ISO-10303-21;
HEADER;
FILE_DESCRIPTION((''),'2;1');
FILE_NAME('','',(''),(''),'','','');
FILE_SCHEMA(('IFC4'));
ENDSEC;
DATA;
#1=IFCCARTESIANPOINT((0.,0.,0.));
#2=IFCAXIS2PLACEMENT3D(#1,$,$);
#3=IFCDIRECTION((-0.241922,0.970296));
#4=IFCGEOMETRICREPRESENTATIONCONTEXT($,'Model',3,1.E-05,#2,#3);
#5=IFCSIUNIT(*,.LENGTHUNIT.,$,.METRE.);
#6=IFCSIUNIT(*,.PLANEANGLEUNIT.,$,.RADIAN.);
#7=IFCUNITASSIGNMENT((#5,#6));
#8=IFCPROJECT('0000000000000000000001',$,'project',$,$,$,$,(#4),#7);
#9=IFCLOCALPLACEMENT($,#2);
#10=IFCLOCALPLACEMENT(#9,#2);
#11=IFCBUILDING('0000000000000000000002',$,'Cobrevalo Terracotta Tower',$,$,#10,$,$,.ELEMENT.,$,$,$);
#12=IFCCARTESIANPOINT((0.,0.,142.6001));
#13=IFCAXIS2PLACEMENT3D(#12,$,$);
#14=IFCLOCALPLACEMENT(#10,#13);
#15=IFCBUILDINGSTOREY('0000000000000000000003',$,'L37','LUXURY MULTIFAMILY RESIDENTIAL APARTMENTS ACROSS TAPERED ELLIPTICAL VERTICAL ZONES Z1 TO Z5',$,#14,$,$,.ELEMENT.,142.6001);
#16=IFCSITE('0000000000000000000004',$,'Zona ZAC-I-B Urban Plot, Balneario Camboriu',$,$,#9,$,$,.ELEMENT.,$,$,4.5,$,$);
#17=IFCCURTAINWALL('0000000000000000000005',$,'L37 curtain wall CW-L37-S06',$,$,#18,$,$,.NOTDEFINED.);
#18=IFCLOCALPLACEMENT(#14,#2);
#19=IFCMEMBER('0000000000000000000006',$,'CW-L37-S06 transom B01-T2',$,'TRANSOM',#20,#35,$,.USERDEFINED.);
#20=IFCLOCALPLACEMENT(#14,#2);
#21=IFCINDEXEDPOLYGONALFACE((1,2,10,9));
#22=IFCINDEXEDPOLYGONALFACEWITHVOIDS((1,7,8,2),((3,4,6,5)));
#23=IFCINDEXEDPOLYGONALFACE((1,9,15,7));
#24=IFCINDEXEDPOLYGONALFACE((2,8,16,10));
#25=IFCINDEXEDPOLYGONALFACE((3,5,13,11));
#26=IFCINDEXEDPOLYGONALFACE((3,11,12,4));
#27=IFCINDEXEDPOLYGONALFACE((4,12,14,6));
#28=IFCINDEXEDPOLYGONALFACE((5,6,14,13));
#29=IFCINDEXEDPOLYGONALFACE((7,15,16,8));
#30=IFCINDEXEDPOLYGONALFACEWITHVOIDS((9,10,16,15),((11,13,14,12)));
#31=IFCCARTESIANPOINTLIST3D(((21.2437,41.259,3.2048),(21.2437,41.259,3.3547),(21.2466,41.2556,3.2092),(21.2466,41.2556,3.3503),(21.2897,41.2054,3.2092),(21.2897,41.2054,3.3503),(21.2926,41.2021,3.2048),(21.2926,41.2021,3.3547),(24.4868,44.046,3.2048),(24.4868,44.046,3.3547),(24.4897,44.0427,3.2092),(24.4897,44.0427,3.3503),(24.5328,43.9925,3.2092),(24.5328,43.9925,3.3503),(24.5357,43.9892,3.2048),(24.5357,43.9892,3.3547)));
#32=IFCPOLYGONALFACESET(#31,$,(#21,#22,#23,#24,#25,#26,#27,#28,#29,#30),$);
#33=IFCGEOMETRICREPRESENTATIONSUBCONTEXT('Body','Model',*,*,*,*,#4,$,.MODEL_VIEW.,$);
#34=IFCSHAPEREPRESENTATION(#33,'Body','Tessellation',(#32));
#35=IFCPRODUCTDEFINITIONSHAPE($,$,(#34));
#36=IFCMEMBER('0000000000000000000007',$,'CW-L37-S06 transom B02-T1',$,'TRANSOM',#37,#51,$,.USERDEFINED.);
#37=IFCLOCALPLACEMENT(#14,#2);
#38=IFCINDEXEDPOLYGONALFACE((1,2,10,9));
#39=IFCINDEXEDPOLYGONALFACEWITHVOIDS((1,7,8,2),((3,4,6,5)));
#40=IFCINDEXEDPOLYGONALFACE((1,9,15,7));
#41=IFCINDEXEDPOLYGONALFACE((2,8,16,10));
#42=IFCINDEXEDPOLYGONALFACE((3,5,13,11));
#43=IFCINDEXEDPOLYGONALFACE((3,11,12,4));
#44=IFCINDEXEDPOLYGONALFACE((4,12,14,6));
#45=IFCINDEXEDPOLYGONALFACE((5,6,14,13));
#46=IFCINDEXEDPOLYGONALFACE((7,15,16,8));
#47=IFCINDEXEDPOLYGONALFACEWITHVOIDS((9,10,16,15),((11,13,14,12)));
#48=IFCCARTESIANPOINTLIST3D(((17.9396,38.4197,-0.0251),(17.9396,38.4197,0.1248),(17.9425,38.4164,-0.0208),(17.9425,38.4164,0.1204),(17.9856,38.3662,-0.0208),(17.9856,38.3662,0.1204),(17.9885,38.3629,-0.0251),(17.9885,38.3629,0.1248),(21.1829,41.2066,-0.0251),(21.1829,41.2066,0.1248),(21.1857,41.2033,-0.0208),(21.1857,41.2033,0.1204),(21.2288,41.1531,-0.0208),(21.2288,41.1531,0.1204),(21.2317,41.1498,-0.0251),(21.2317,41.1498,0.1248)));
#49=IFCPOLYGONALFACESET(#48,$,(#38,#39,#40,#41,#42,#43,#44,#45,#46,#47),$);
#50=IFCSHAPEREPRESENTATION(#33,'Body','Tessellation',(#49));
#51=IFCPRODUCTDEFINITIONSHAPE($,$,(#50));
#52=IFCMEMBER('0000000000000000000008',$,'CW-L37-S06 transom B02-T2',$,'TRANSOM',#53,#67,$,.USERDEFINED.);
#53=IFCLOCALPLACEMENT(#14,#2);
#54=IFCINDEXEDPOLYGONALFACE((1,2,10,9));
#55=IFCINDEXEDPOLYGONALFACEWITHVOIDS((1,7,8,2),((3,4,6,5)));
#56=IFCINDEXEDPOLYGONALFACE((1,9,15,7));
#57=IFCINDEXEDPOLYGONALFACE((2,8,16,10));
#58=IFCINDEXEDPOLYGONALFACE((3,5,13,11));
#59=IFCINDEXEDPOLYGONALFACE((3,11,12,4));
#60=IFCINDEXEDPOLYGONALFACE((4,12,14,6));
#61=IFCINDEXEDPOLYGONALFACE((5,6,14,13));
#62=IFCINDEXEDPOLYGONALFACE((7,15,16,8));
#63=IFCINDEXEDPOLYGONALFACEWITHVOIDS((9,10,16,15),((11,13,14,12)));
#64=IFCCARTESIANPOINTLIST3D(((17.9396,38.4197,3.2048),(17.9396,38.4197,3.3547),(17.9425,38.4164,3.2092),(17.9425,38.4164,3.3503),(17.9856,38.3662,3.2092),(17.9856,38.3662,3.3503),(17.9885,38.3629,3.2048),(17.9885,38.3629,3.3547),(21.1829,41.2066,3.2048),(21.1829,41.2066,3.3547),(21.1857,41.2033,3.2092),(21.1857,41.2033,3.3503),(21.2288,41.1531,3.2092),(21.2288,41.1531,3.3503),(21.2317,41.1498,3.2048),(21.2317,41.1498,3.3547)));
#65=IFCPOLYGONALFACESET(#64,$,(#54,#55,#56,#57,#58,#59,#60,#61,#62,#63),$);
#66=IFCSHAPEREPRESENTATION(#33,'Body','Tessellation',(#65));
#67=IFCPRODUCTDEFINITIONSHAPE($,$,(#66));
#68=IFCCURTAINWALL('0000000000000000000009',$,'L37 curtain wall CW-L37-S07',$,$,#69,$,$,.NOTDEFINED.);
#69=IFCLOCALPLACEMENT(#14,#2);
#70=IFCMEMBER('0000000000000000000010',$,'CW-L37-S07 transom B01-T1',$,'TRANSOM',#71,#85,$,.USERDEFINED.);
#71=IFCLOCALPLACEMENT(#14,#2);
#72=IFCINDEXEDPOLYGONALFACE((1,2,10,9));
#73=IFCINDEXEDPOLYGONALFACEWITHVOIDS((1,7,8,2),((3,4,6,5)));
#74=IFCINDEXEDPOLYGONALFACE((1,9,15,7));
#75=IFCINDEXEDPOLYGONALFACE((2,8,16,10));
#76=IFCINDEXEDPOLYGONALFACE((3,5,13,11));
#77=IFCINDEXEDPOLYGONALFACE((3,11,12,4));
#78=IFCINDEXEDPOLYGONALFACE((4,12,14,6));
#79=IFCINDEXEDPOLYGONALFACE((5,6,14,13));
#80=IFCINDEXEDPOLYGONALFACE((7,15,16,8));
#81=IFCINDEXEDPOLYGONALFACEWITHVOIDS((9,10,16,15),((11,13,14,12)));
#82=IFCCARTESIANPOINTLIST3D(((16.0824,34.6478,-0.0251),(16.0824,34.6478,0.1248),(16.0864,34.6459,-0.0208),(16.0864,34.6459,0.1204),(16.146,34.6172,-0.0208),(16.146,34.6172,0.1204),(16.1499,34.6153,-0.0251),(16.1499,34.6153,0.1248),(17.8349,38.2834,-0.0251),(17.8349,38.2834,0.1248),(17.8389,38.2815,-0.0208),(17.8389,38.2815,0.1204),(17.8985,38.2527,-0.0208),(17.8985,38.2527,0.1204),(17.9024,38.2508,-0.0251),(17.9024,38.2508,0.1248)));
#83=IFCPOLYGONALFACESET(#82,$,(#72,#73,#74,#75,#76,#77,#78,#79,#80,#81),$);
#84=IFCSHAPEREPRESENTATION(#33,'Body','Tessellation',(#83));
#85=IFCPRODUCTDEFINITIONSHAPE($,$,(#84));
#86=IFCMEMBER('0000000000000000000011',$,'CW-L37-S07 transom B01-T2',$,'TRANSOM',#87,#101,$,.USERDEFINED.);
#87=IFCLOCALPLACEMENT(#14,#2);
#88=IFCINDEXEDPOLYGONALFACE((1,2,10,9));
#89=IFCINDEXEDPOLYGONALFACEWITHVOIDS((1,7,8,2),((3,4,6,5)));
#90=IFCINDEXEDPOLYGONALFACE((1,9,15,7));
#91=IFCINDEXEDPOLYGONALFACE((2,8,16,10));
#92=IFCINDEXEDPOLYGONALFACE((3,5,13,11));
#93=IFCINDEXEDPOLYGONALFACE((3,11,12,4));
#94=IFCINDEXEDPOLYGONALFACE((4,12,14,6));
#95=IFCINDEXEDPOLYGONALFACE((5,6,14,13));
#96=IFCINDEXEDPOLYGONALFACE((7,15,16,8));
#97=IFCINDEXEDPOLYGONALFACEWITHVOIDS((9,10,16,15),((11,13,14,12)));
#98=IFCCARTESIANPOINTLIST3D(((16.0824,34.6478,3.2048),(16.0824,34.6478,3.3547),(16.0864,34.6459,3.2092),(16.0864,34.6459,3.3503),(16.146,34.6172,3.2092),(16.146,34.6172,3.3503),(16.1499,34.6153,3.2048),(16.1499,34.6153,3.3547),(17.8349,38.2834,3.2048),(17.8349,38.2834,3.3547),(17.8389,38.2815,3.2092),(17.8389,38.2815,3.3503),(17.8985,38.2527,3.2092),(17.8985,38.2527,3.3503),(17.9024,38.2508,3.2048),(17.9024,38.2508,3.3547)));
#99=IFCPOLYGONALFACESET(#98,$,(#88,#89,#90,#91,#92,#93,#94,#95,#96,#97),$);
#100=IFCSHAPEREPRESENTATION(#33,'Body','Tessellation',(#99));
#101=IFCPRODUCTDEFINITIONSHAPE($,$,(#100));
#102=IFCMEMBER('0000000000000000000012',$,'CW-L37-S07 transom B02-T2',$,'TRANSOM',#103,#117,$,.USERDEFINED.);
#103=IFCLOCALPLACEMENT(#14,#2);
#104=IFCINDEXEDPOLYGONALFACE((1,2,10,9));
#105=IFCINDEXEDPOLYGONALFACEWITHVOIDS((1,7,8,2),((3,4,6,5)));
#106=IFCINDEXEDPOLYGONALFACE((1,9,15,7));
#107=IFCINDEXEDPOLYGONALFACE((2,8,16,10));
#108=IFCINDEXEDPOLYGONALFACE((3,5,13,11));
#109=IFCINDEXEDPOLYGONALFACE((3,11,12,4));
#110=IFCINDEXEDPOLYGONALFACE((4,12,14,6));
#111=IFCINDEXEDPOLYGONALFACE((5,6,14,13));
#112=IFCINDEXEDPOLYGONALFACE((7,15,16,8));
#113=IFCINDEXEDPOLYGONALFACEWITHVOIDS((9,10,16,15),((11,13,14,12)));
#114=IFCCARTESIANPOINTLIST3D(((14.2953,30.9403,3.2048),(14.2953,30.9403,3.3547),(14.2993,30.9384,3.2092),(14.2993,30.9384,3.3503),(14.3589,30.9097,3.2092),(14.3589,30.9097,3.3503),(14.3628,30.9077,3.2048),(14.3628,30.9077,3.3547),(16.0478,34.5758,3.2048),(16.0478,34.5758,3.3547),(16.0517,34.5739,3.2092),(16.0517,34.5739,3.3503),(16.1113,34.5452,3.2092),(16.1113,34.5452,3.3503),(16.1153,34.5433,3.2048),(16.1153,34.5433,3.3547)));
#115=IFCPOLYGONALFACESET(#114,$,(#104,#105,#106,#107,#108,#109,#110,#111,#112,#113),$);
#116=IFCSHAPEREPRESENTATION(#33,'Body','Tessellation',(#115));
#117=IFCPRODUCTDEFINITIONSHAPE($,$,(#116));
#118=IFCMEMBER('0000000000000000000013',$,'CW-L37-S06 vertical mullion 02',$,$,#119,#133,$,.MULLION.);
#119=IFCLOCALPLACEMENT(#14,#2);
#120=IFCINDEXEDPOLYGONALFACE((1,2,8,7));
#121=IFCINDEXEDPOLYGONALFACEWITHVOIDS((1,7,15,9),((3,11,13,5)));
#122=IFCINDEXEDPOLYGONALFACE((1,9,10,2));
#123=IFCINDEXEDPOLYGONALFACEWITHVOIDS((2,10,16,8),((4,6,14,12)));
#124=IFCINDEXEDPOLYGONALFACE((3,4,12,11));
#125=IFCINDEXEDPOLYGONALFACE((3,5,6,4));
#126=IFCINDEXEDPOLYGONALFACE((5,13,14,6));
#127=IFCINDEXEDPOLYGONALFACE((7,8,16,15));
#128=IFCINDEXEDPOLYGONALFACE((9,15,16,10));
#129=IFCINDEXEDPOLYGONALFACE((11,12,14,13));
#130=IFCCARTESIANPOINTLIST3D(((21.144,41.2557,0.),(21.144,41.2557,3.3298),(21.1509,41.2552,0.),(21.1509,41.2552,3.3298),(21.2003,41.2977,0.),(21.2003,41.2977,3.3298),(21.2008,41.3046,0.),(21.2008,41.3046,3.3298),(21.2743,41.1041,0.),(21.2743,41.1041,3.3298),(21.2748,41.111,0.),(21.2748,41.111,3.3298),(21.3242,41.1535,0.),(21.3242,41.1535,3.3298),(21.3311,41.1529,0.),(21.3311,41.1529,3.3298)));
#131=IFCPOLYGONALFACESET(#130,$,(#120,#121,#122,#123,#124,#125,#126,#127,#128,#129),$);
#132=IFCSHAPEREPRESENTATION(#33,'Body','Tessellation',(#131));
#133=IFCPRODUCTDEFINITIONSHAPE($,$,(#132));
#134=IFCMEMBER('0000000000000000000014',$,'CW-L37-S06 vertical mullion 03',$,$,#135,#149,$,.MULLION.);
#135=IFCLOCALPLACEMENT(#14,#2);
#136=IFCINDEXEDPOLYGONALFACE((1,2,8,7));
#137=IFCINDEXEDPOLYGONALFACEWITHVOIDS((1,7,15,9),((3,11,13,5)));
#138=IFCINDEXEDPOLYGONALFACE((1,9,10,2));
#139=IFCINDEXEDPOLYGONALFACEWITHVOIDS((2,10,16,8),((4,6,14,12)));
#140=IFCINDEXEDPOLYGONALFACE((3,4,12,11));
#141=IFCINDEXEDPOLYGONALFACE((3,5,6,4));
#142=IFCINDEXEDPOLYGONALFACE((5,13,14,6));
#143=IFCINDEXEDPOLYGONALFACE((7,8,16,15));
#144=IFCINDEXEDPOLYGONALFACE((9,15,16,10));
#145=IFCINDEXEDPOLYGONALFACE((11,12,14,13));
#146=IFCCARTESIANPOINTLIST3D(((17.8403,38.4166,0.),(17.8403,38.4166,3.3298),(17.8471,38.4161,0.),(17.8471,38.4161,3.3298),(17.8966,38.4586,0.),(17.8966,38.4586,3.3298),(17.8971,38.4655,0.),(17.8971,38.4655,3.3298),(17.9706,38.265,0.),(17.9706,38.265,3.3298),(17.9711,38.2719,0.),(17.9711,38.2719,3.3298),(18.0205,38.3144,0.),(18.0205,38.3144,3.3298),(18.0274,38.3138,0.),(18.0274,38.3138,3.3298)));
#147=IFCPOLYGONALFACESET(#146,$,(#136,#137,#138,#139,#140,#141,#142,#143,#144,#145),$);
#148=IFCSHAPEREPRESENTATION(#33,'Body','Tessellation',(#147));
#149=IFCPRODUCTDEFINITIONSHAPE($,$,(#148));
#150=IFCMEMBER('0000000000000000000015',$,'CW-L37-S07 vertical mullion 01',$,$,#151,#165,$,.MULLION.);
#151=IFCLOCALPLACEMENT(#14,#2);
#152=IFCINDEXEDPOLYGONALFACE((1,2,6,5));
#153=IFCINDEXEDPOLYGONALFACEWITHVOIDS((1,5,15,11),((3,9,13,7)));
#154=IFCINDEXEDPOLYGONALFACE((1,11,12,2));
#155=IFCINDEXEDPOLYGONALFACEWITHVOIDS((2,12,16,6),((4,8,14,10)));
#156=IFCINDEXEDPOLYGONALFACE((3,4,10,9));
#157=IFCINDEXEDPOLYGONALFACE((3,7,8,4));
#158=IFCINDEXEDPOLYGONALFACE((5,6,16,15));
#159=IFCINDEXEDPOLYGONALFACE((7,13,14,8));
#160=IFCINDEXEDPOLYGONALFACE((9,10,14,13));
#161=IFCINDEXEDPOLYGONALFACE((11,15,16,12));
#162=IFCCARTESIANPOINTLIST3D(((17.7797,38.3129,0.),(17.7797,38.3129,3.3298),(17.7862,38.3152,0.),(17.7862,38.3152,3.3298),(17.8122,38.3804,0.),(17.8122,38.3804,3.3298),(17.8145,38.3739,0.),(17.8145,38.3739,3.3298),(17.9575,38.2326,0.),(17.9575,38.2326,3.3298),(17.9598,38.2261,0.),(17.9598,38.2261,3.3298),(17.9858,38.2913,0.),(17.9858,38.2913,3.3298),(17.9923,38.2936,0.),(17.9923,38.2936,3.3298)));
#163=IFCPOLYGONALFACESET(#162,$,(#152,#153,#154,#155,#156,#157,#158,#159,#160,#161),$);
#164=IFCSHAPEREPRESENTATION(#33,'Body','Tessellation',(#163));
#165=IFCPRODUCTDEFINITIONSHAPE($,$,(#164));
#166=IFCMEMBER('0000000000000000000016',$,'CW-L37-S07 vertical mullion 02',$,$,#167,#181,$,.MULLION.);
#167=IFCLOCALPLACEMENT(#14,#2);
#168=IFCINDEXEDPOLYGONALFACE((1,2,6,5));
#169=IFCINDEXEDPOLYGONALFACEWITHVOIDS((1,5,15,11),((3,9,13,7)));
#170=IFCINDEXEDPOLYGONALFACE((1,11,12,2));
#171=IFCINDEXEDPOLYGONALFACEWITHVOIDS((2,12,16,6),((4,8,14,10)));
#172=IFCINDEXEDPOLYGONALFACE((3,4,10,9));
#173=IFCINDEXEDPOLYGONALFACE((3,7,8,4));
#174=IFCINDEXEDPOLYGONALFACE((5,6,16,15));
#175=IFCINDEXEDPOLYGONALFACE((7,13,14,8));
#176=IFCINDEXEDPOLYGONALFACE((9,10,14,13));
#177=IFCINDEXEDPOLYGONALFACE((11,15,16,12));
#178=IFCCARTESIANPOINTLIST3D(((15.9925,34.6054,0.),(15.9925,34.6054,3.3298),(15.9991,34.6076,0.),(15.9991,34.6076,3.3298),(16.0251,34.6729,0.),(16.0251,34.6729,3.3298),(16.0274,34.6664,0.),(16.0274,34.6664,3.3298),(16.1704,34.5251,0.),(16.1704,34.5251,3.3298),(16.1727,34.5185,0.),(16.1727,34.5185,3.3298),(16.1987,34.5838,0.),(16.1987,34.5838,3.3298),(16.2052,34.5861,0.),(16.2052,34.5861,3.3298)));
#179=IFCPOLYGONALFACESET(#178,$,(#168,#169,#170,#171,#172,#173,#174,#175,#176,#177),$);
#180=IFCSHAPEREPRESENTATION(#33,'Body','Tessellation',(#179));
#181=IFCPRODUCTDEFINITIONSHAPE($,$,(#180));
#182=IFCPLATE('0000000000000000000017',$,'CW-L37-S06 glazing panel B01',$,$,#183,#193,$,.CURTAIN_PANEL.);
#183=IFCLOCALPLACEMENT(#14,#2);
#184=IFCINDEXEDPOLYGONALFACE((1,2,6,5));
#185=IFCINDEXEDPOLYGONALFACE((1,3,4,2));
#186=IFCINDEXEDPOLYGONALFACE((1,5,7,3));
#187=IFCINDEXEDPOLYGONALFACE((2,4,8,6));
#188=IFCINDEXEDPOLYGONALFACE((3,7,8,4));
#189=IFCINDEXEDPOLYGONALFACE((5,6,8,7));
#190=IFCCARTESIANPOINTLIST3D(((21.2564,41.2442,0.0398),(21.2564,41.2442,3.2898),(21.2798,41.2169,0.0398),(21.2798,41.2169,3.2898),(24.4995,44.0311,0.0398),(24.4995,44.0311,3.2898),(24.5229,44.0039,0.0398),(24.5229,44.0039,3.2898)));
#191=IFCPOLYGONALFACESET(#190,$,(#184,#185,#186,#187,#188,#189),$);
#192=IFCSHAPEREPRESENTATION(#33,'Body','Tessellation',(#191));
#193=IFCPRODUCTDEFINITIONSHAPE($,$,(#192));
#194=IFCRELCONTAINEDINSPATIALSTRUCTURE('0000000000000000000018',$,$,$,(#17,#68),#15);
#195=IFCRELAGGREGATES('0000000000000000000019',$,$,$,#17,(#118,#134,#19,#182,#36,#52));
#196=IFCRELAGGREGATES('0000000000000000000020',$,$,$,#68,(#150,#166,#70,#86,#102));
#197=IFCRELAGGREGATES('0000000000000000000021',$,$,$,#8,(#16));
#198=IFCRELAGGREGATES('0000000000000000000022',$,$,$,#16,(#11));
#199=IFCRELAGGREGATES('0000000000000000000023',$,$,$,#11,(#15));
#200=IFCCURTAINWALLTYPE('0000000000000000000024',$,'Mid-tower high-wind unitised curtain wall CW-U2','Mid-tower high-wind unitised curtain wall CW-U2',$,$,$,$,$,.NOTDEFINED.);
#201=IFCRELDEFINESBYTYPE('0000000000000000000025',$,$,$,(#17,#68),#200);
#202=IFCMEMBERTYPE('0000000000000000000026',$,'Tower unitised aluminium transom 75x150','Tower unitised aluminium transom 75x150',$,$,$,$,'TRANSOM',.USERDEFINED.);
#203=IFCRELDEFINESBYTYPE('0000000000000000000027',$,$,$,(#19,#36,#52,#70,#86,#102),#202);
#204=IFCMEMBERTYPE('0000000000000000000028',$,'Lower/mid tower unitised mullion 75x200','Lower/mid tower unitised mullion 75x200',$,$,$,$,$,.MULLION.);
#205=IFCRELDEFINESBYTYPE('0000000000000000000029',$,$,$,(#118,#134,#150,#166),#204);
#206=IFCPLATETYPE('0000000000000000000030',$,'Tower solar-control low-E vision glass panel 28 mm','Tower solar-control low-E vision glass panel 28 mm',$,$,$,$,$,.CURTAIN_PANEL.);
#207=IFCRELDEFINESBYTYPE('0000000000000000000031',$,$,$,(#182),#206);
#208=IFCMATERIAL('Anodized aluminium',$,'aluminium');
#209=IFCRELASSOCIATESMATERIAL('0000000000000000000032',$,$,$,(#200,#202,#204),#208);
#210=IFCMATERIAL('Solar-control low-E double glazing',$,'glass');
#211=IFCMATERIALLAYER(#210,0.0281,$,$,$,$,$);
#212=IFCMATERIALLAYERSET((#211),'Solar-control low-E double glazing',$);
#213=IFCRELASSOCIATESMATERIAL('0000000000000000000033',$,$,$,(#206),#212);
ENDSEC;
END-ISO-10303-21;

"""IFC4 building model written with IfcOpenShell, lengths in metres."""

from ifc_helpers import new_model, si_unit, direction, frame, origin, origin_2d, place, context, subcontext, project, spatial, rectangle, hollow_rectangle, extrude, source, transform, mapped, material, layer, layer_set, material_profile, profile_set, type_object, element, aggregate, save


model = new_model("IFC4")

# Units and contexts
model_context = context("Model", 3, precision=1e-05, world=origin(), true_north=direction((-0.241922, 0.970296)))
body_context = subcontext(model_context, "Body", "Model", "MODEL_VIEW")
ifc_project = project(units=[si_unit("LENGTHUNIT", "METRE"), si_unit("PLANEANGLEUNIT", "RADIAN")], contexts=[model_context])

# Site, building, storey
site_placement = place(None, origin())
site = spatial("IfcSite", under=ifc_project, at=site_placement, Name="Zona ZAC-I-B Urban Plot, Balneario Camboriu", CompositionType="ELEMENT", RefElevation=4.5)
building_placement = place(site_placement, origin())
building = spatial("IfcBuilding", under=site, at=building_placement, Name="Cobrevalo Terracotta Tower", CompositionType="ELEMENT")
storey_placement = place(building_placement, frame((0.0, 0.0, 142.6001)))
storey = spatial("IfcBuildingStorey", under=building, at=storey_placement, Name="L37", Description="LUXURY MULTIFAMILY RESIDENTIAL APARTMENTS ACROSS TAPERED ELLIPTICAL VERTICAL ZONES Z1 TO Z5", CompositionType="ELEMENT", Elevation=142.6001)

# Curtain walls, members
ifc_material_1 = material(Name="Anodized aluminium", Category="aluminium")
curtain_wall_type = type_object("IfcCurtainWallType", Name="Mid-tower high-wind unitised curtain wall CW-U2", Description="Mid-tower high-wind unitised curtain wall CW-U2", PredefinedType="NOTDEFINED", material=ifc_material_1)
curtain_wall_1_placement = place(storey_placement, origin())
curtain_wall_1 = element("IfcCurtainWall", 1, at=curtain_wall_1_placement, inside=storey, type_object=curtain_wall_type, Name="L37 curtain wall CW-L37-S06", PredefinedType="NOTDEFINED")
ifc_material_profile_1 = material_profile(ifc_material_1, hollow_rectangle(XDim=0.075, YDim=0.1499, WallThickness=0.0044, at=origin_2d()), Name="CWT 75x150")
ifc_profile_set_1 = profile_set([ifc_material_profile_1], Name="Anodized aluminium")
member_type_1 = type_object("IfcMemberType", Name="Tower unitised aluminium transom 75x150", Description="Tower unitised aluminium transom 75x150", ElementType="TRANSOM", PredefinedType="USERDEFINED", material=ifc_profile_set_1)
shared_shape_1 = source(origin(), body_context, "Body", "SweptSolid", [
    extrude(hollow_rectangle(XDim=0.075, YDim=0.1499, WallThickness=0.0044, at=origin_2d()), origin(), (0.0, 0.0, 1.0), 4.2761),
])
member_1_placement = place(storey_placement, frame((24.5112, 44.0176, 3.2798), z_axis=(-0.758418, -0.651769, 0.0), x_axis=(0.651769, -0.758418, 0.0)))
member_1 = element("IfcMember", 2, at=member_1_placement, type_object=member_type_1, Name="CW-L37-S06 transom B01-T2", ObjectType="TRANSOM", PredefinedType="USERDEFINED", context=body_context, shape_type="MappedRepresentation", body=[
    mapped(shared_shape_1, transform((0.0, 0.0, 0.0), scale=1.0)),
])
member_2_placement = place(storey_placement, frame((21.2073, 41.1782, 0.0498), z_axis=(-0.758446, -0.651736, 0.0), x_axis=(0.651736, -0.758446, 0.0)))
member_2 = element("IfcMember", 3, at=member_2_placement, type_object=member_type_1, Name="CW-L37-S06 transom B02-T1", ObjectType="TRANSOM", PredefinedType="USERDEFINED", context=body_context, shape_type="MappedRepresentation", body=[
    mapped(shared_shape_1, transform((0.0, 0.0, 0.0), scale=1.0)),
])
member_3_placement = place(storey_placement, frame((21.2073, 41.1782, 3.2798), z_axis=(-0.758446, -0.651736, 0.0), x_axis=(0.651736, -0.758446, 0.0)))
member_3 = element("IfcMember", 4, at=member_3_placement, type_object=member_type_1, Name="CW-L37-S06 transom B02-T2", ObjectType="TRANSOM", PredefinedType="USERDEFINED", context=body_context, shape_type="MappedRepresentation", body=[
    mapped(shared_shape_1, transform((0.0, 0.0, 0.0), scale=1.0)),
])
curtain_wall_2_placement = place(storey_placement, origin())
curtain_wall_2 = element("IfcCurtainWall", 5, at=curtain_wall_2_placement, inside=storey, type_object=curtain_wall_type, Name="L37 curtain wall CW-L37-S07", PredefinedType="NOTDEFINED")
shared_shape_2 = source(origin(), body_context, "Body", "SweptSolid", [
    extrude(hollow_rectangle(XDim=0.075, YDim=0.1499, WallThickness=0.0044, at=origin_2d()), origin(), (0.0, 0.0, 1.0), 4.0359),
])
member_4_placement = place(storey_placement, frame((17.8687, 38.2671, 0.0498), z_axis=(-0.434221, -0.900806, 0.0), x_axis=(0.900806, -0.434221, 0.0)))
member_4 = element("IfcMember", 6, at=member_4_placement, type_object=member_type_1, Name="CW-L37-S07 transom B01-T1", ObjectType="TRANSOM", PredefinedType="USERDEFINED", context=body_context, shape_type="MappedRepresentation", body=[
    mapped(shared_shape_2, transform((0.0, 0.0, 0.0), scale=1.0)),
])
member_5_placement = place(storey_placement, frame((17.8687, 38.2671, 3.2798), z_axis=(-0.434221, -0.900806, 0.0), x_axis=(0.900806, -0.434221, 0.0)))
member_5 = element("IfcMember", 7, at=member_5_placement, type_object=member_type_1, Name="CW-L37-S07 transom B01-T2", ObjectType="TRANSOM", PredefinedType="USERDEFINED", context=body_context, shape_type="MappedRepresentation", body=[
    mapped(shared_shape_2, transform((0.0, 0.0, 0.0), scale=1.0)),
])
member_6_placement = place(storey_placement, frame((16.0815, 34.5596, 3.2798), z_axis=(-0.434221, -0.900806, 0.0), x_axis=(0.900806, -0.434221, 0.0)))
member_6 = element("IfcMember", 8, at=member_6_placement, type_object=member_type_1, Name="CW-L37-S07 transom B02-T2", ObjectType="TRANSOM", PredefinedType="USERDEFINED", context=body_context, shape_type="MappedRepresentation", body=[
    mapped(shared_shape_2, transform((0.0, 0.0, 0.0), scale=1.0)),
])

# Members
ifc_material_profile_2 = material_profile(ifc_material_1, hollow_rectangle(XDim=0.075, YDim=0.2, WallThickness=0.0049, at=origin_2d()), Name="CWM 75x200")
ifc_profile_set_2 = profile_set([ifc_material_profile_2], Name="Anodized aluminium")
member_type_2 = type_object("IfcMemberType", Name="Lower/mid tower unitised mullion 75x200", Description="Lower/mid tower unitised mullion 75x200", PredefinedType="MULLION", material=ifc_profile_set_2)
shared_shape_3 = source(origin(), body_context, "Body", "SweptSolid", [
    extrude(hollow_rectangle(XDim=0.075, YDim=0.2, WallThickness=0.0049, at=origin_2d()), origin(), (0.0, 0.0, 1.0), 3.3298),
])
member_7_placement = place(storey_placement, frame((21.2375, 41.2043, 0.0), z_axis=(0.0, 0.0, 1.0), x_axis=(-0.758442, -0.651741, 0.0)))
member_7 = element("IfcMember", 9, at=member_7_placement, type_object=member_type_2, Name="CW-L37-S06 vertical mullion 02", PredefinedType="MULLION", context=body_context, shape_type="MappedRepresentation", body=[
    mapped(shared_shape_3, transform((0.0, 0.0, 0.0), scale=1.0)),
])
member_8_placement = place(storey_placement, frame((17.9338, 38.3652, 0.0), z_axis=(0.0, 0.0, 1.0), x_axis=(-0.758442, -0.651741, 0.0)))
member_8 = element("IfcMember", 10, at=member_8_placement, type_object=member_type_2, Name="CW-L37-S06 vertical mullion 03", PredefinedType="MULLION", context=body_context, shape_type="MappedRepresentation", body=[
    mapped(shared_shape_3, transform((0.0, 0.0, 0.0), scale=1.0)),
])
member_9_placement = place(storey_placement, frame((17.886, 38.3032, 0.0), z_axis=(0.0, 0.0, 1.0), x_axis=(-0.434209, -0.900812, 0.0)))
member_9 = element("IfcMember", 11, at=member_9_placement, type_object=member_type_2, Name="CW-L37-S07 vertical mullion 01", PredefinedType="MULLION", context=body_context, shape_type="MappedRepresentation", body=[
    mapped(shared_shape_3, transform((0.0, 0.0, 0.0), scale=1.0)),
])
member_10_placement = place(storey_placement, frame((16.0989, 34.5957, 0.0), z_axis=(0.0, 0.0, 1.0), x_axis=(-0.434209, -0.900812, 0.0)))
member_10 = element("IfcMember", 12, at=member_10_placement, type_object=member_type_2, Name="CW-L37-S07 vertical mullion 02", PredefinedType="MULLION", context=body_context, shape_type="MappedRepresentation", body=[
    mapped(shared_shape_3, transform((0.0, 0.0, 0.0), scale=1.0)),
])

# Plate
ifc_material_2 = material(Name="Solar-control low-E double glazing", Category="glass")
ifc_layer_1 = layer(ifc_material_2, 0.0281)
ifc_layer_set_1 = layer_set([ifc_layer_1], Name="Solar-control low-E double glazing")
plate_type = type_object("IfcPlateType", Name="Tower solar-control low-E vision glass panel 28 mm", Description="Tower solar-control low-E vision glass panel 28 mm", PredefinedType="CURTAIN_PANEL", material=ifc_layer_set_1)
shared_shape_4 = source(origin(), body_context, "Body", "SweptSolid", [
    extrude(rectangle(XDim=4.2761, YDim=0.0359, at=origin_2d()), origin(), (0.0, 0.0, 1.0), 3.25),
])
plate_1_placement = place(storey_placement, frame((22.8896, 42.624, 0.0398), z_axis=(0.0, 0.0, 1.0), x_axis=(-0.758437, -0.651746, 0.0)))
plate_1 = element("IfcPlate", 13, at=plate_1_placement, type_object=plate_type, Name="CW-L37-S06 glazing panel B01", PredefinedType="CURTAIN_PANEL", context=body_context, shape_type="MappedRepresentation", body=[
    mapped(shared_shape_4, transform((0.0, 0.0, 0.0), scale=1.0)),
])
aggregate(curtain_wall_1, [member_7, member_8, member_1, plate_1, member_2, member_3])
aggregate(curtain_wall_2, [member_9, member_10, member_4, member_5, member_6])

save(model, "model.ifc")
